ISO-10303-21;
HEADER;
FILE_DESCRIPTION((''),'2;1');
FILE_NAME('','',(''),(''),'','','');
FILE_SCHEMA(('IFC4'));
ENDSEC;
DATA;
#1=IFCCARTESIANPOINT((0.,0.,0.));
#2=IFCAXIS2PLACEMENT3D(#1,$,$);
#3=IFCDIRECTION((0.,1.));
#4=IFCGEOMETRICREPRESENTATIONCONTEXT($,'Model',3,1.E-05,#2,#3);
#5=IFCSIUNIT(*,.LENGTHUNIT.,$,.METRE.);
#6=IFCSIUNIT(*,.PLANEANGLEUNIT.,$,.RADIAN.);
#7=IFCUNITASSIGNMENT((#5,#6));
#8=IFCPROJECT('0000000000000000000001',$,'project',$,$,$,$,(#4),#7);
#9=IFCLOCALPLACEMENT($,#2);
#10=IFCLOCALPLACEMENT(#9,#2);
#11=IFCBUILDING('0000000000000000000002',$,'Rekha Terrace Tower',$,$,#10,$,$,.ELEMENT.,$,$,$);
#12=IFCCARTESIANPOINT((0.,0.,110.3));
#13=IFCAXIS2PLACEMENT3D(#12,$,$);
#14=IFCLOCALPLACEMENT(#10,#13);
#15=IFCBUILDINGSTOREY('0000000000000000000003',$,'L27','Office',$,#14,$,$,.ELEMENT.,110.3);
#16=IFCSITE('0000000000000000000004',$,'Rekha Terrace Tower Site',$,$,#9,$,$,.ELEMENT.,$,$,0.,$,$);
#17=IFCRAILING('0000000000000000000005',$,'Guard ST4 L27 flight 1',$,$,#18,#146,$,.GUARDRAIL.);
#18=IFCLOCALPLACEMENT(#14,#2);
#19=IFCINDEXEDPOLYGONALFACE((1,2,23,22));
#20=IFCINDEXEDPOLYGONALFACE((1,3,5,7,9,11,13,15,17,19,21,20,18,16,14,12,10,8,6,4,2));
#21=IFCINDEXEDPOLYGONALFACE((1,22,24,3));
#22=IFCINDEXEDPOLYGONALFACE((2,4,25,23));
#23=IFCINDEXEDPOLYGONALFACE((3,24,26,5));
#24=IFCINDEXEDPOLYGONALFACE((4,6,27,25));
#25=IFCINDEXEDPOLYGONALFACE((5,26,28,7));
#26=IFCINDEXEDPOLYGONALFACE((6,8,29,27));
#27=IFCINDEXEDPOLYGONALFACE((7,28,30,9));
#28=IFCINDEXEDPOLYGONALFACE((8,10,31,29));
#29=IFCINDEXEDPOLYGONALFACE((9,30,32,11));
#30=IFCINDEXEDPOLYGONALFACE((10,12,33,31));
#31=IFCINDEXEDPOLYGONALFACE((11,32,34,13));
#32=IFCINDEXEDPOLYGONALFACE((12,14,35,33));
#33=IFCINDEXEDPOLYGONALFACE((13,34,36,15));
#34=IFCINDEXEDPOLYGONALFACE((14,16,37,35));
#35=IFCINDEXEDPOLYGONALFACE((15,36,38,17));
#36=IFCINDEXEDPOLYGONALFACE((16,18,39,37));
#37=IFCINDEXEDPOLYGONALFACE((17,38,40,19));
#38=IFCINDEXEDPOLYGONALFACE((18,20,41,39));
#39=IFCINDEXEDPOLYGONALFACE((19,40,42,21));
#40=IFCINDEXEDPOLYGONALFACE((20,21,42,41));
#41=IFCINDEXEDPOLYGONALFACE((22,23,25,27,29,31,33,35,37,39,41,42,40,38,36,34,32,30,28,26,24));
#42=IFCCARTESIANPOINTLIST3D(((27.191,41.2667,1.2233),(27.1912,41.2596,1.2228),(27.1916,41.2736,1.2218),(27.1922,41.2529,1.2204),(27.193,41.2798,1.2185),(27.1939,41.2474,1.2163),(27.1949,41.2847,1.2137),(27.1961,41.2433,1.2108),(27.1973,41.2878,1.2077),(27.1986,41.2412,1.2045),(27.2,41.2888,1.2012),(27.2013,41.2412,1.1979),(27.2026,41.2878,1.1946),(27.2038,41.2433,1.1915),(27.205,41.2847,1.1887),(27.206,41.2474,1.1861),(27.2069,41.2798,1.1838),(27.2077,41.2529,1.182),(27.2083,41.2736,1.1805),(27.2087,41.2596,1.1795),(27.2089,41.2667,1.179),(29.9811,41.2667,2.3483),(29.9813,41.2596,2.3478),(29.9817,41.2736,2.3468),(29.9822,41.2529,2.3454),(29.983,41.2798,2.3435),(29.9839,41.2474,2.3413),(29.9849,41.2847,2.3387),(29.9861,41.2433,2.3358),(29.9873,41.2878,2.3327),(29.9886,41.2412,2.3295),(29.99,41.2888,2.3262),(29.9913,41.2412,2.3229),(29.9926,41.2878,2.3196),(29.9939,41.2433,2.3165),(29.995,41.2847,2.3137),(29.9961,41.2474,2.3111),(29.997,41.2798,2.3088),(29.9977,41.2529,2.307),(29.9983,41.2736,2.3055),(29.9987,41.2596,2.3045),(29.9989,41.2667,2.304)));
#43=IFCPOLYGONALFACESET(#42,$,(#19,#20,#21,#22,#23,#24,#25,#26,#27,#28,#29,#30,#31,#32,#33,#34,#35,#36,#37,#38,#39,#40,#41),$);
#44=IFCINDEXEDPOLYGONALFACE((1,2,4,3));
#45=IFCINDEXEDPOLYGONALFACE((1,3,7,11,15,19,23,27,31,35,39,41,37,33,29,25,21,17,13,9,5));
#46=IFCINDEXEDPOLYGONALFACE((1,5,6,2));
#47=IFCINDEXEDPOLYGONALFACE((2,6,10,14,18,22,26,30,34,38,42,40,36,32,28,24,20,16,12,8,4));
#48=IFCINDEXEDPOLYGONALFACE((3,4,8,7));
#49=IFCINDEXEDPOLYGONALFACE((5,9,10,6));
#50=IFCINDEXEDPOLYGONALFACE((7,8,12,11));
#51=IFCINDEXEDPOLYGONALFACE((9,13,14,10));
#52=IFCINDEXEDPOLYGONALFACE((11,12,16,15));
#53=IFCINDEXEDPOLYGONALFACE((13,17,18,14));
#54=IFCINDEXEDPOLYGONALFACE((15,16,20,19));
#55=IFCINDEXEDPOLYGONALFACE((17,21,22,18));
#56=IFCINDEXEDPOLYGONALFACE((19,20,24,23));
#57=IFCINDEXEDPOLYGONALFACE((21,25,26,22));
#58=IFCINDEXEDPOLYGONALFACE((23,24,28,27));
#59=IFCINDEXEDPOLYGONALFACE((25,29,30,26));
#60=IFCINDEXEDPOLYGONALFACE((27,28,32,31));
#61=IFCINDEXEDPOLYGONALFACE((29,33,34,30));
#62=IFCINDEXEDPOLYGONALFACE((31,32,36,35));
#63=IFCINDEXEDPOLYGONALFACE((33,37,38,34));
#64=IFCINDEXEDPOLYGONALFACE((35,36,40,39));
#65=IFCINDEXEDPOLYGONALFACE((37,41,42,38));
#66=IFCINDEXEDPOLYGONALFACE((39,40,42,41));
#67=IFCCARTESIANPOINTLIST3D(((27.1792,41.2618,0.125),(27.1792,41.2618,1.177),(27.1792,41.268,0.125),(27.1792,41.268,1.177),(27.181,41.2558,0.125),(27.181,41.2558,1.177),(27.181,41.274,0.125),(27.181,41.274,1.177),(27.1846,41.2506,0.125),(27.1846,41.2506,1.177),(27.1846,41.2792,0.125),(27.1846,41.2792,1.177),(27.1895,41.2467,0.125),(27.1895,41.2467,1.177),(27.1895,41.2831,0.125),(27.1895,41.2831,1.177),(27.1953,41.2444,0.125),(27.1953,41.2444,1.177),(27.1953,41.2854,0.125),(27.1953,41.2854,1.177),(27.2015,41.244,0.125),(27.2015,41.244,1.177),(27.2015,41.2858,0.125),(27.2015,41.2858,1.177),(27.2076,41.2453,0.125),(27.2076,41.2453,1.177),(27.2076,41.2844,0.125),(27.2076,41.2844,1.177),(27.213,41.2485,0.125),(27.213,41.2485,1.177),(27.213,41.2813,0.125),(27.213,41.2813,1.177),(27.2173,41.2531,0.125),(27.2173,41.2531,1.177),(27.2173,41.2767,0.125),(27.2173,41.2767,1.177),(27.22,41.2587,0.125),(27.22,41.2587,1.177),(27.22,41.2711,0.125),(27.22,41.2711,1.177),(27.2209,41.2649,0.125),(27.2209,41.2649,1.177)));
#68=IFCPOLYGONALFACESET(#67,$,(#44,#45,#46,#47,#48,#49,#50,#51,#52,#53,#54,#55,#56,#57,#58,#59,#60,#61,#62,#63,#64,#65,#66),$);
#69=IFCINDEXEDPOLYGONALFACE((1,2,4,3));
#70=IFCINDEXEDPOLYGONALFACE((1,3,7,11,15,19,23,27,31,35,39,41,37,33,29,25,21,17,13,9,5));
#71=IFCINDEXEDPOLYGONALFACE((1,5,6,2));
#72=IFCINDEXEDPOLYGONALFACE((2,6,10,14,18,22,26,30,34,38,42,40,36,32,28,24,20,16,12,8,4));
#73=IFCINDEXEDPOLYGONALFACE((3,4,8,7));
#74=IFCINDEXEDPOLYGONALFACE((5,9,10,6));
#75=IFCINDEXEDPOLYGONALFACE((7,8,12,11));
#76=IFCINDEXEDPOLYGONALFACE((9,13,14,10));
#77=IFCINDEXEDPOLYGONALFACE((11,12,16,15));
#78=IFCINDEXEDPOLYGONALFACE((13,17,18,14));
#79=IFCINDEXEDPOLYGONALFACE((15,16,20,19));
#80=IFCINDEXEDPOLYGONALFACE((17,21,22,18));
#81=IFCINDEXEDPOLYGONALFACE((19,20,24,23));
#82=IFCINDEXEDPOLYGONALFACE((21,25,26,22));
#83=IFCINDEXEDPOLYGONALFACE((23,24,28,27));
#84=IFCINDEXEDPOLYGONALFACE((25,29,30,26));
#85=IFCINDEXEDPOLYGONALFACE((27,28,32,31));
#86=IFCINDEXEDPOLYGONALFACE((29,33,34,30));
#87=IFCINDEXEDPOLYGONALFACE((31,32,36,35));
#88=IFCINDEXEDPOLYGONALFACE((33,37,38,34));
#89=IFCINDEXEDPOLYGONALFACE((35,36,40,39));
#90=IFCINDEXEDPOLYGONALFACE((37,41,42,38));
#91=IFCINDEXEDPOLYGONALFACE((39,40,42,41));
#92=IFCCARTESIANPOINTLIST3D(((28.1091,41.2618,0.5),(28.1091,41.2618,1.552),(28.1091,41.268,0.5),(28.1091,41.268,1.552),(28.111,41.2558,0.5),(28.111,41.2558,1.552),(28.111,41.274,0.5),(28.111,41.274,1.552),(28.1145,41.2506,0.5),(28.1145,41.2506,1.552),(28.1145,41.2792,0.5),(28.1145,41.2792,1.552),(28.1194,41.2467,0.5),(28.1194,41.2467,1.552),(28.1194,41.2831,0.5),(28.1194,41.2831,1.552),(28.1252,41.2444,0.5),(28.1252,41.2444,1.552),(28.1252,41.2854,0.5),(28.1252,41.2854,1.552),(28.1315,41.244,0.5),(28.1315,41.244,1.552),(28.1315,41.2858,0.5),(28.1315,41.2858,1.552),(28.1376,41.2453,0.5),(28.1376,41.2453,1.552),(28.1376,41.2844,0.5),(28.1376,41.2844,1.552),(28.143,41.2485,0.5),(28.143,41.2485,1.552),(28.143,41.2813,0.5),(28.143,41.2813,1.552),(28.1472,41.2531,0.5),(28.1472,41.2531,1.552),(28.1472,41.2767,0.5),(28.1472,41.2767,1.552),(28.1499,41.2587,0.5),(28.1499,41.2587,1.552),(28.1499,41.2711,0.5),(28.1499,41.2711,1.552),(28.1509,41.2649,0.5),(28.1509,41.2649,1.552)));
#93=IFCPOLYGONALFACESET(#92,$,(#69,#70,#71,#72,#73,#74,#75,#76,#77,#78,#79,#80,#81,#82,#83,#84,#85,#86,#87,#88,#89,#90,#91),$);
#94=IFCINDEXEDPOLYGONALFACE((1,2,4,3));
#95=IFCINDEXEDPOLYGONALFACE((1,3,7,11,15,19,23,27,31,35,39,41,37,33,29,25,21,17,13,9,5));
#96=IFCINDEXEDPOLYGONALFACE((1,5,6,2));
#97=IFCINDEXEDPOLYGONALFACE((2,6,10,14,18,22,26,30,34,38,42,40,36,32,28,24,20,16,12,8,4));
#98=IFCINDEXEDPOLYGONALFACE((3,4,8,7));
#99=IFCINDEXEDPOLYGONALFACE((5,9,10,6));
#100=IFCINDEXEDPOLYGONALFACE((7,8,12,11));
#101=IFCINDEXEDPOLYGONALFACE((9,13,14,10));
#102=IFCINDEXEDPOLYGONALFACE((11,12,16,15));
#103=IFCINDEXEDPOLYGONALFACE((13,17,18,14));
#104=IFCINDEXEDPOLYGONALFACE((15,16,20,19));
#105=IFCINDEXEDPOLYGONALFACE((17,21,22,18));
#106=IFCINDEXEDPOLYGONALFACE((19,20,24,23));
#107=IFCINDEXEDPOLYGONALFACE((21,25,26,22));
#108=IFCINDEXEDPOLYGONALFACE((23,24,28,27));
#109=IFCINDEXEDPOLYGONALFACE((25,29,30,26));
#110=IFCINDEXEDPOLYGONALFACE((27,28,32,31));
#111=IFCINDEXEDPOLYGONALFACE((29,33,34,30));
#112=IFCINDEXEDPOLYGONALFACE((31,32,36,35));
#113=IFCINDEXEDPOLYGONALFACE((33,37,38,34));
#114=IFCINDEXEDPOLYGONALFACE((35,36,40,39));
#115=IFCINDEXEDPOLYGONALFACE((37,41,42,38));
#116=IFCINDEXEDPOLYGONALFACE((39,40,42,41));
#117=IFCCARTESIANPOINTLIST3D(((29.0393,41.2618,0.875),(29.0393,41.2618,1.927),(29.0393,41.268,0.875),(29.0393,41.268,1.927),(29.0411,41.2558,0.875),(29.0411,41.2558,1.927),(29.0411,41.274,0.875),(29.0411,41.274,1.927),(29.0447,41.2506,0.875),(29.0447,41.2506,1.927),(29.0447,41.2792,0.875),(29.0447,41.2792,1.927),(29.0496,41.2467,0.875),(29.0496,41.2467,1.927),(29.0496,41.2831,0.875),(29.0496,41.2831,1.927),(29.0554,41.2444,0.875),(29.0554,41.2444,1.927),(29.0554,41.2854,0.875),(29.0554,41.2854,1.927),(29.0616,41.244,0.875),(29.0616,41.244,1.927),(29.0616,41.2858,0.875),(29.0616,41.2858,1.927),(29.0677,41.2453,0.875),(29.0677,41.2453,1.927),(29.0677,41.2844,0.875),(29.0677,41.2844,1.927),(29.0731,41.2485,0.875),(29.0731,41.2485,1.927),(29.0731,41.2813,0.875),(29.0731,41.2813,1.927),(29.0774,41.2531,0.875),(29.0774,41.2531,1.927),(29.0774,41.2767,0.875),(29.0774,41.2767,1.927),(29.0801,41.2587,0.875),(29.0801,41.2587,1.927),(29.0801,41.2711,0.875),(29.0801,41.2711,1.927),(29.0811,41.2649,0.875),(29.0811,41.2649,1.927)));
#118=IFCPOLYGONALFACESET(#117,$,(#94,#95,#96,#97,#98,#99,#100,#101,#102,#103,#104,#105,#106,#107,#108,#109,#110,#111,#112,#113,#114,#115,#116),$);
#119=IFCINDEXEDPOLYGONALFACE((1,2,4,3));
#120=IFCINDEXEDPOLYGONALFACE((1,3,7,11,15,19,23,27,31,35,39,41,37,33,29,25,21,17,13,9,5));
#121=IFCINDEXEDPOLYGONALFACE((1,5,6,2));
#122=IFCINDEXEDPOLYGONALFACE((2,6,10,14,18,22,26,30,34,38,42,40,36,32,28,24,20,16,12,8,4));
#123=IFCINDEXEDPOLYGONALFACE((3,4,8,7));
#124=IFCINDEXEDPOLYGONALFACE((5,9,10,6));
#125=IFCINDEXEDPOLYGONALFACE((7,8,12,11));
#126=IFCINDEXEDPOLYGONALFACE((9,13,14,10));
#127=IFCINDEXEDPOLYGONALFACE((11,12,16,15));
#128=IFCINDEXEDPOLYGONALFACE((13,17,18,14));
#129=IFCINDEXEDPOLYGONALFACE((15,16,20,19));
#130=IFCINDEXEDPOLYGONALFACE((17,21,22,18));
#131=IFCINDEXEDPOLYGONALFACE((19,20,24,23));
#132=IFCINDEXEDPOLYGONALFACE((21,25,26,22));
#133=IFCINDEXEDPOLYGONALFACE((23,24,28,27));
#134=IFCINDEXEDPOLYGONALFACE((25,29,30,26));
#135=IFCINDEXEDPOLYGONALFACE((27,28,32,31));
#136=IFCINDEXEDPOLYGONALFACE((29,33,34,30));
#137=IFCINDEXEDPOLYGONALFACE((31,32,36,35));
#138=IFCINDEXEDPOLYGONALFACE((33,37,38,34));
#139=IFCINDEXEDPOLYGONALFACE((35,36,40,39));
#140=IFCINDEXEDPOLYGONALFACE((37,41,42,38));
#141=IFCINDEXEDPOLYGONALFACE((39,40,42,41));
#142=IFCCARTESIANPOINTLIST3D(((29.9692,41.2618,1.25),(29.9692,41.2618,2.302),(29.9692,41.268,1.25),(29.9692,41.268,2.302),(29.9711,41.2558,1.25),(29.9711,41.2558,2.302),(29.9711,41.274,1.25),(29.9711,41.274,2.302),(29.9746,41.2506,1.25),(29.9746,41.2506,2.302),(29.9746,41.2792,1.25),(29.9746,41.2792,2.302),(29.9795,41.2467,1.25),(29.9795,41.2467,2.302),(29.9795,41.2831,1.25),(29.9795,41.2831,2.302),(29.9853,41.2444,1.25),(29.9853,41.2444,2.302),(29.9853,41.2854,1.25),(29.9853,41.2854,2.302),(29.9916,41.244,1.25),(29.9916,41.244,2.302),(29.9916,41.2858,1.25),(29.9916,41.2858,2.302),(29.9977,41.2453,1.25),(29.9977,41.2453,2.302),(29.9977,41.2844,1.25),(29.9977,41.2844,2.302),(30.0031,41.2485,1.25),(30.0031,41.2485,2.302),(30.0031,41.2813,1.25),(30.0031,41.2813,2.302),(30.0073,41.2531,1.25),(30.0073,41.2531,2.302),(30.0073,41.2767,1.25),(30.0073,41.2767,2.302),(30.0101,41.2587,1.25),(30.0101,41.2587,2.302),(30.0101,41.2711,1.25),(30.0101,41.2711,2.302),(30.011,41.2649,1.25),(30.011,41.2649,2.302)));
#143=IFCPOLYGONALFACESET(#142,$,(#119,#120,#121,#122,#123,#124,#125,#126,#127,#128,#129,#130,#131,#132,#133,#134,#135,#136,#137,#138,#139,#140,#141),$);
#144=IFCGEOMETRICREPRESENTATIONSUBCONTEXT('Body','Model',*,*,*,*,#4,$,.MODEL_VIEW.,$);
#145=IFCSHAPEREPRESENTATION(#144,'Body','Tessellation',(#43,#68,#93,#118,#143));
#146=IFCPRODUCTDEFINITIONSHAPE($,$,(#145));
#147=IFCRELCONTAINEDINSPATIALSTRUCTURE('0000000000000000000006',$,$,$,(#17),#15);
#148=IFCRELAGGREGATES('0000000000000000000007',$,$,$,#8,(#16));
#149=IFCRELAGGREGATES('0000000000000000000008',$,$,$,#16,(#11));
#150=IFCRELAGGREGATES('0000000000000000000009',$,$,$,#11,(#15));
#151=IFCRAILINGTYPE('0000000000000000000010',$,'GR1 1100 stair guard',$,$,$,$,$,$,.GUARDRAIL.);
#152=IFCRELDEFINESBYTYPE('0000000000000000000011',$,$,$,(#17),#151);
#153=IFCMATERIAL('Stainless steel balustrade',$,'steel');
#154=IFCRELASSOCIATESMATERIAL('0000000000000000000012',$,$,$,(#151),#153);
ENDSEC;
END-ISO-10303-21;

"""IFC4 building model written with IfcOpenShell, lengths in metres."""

from ifc_helpers import new_model, si_unit, direction, frame, origin, origin_2d, place, context, subcontext, project, spatial, circle, extrude, material, type_object, element, save


model = new_model("IFC4")

# Units and contexts
model_context = context("Model", 3, precision=1e-05, world=origin(), true_north=direction((0.0, 1.0)))
body_context = subcontext(model_context, "Body", "Model", "MODEL_VIEW")
ifc_project = project(units=[si_unit("LENGTHUNIT", "METRE"), si_unit("PLANEANGLEUNIT", "RADIAN")], contexts=[model_context])

# Site, building, storey
site_placement = place(None, origin())
site = spatial("IfcSite", under=ifc_project, at=site_placement, Name="Rekha Terrace Tower Site", CompositionType="ELEMENT", RefElevation=0.0)
building_placement = place(site_placement, origin())
building = spatial("IfcBuilding", under=site, at=building_placement, Name="Rekha Terrace Tower", CompositionType="ELEMENT")
storey_placement = place(building_placement, frame((0.0, 0.0, 110.3)))
storey = spatial("IfcBuildingStorey", under=building, at=storey_placement, Name="L27", Description="Office", CompositionType="ELEMENT", Elevation=110.3)

# Railing
ifc_material_1 = material(Name="Stainless steel balustrade", Category="steel")
railing_type_1 = type_object("IfcRailingType", Name="GR1 1100 stair guard", PredefinedType="GUARDRAIL", material=ifc_material_1)
railing_1_placement = place(storey_placement, frame((27.2, 41.2649, 0.125)))
element("IfcRailing", 1, at=railing_1_placement, inside=storey, type_object=railing_type_1, Name="Guard ST4 L27 flight 1", PredefinedType="GUARDRAIL", context=body_context, shape_type="SweptSolid", body=[
    extrude(circle(Radius=0.0239, at=origin_2d()), frame((0.0, 0.0, 1.0762), z_axis=(0.927443, 0.0, 0.373964), x_axis=(0.0, 1.0, 0.0)), (0.0, 0.0, 1.0), 3.0083),
    extrude(circle(Radius=0.021, at=origin_2d()), origin(), (0.0, 0.0, 1.0), 1.052),
    extrude(circle(Radius=0.021, at=origin_2d()), frame((0.9299, 0.0, 0.375)), (0.0, 0.0, 1.0), 1.052),
    extrude(circle(Radius=0.021, at=origin_2d()), frame((1.8601, 0.0, 0.75)), (0.0, 0.0, 1.0), 1.052),
    extrude(circle(Radius=0.021, at=origin_2d()), frame((2.79, 0.0, 1.125)), (0.0, 0.0, 1.0), 1.052),
])

save(model, "model.ifc")
